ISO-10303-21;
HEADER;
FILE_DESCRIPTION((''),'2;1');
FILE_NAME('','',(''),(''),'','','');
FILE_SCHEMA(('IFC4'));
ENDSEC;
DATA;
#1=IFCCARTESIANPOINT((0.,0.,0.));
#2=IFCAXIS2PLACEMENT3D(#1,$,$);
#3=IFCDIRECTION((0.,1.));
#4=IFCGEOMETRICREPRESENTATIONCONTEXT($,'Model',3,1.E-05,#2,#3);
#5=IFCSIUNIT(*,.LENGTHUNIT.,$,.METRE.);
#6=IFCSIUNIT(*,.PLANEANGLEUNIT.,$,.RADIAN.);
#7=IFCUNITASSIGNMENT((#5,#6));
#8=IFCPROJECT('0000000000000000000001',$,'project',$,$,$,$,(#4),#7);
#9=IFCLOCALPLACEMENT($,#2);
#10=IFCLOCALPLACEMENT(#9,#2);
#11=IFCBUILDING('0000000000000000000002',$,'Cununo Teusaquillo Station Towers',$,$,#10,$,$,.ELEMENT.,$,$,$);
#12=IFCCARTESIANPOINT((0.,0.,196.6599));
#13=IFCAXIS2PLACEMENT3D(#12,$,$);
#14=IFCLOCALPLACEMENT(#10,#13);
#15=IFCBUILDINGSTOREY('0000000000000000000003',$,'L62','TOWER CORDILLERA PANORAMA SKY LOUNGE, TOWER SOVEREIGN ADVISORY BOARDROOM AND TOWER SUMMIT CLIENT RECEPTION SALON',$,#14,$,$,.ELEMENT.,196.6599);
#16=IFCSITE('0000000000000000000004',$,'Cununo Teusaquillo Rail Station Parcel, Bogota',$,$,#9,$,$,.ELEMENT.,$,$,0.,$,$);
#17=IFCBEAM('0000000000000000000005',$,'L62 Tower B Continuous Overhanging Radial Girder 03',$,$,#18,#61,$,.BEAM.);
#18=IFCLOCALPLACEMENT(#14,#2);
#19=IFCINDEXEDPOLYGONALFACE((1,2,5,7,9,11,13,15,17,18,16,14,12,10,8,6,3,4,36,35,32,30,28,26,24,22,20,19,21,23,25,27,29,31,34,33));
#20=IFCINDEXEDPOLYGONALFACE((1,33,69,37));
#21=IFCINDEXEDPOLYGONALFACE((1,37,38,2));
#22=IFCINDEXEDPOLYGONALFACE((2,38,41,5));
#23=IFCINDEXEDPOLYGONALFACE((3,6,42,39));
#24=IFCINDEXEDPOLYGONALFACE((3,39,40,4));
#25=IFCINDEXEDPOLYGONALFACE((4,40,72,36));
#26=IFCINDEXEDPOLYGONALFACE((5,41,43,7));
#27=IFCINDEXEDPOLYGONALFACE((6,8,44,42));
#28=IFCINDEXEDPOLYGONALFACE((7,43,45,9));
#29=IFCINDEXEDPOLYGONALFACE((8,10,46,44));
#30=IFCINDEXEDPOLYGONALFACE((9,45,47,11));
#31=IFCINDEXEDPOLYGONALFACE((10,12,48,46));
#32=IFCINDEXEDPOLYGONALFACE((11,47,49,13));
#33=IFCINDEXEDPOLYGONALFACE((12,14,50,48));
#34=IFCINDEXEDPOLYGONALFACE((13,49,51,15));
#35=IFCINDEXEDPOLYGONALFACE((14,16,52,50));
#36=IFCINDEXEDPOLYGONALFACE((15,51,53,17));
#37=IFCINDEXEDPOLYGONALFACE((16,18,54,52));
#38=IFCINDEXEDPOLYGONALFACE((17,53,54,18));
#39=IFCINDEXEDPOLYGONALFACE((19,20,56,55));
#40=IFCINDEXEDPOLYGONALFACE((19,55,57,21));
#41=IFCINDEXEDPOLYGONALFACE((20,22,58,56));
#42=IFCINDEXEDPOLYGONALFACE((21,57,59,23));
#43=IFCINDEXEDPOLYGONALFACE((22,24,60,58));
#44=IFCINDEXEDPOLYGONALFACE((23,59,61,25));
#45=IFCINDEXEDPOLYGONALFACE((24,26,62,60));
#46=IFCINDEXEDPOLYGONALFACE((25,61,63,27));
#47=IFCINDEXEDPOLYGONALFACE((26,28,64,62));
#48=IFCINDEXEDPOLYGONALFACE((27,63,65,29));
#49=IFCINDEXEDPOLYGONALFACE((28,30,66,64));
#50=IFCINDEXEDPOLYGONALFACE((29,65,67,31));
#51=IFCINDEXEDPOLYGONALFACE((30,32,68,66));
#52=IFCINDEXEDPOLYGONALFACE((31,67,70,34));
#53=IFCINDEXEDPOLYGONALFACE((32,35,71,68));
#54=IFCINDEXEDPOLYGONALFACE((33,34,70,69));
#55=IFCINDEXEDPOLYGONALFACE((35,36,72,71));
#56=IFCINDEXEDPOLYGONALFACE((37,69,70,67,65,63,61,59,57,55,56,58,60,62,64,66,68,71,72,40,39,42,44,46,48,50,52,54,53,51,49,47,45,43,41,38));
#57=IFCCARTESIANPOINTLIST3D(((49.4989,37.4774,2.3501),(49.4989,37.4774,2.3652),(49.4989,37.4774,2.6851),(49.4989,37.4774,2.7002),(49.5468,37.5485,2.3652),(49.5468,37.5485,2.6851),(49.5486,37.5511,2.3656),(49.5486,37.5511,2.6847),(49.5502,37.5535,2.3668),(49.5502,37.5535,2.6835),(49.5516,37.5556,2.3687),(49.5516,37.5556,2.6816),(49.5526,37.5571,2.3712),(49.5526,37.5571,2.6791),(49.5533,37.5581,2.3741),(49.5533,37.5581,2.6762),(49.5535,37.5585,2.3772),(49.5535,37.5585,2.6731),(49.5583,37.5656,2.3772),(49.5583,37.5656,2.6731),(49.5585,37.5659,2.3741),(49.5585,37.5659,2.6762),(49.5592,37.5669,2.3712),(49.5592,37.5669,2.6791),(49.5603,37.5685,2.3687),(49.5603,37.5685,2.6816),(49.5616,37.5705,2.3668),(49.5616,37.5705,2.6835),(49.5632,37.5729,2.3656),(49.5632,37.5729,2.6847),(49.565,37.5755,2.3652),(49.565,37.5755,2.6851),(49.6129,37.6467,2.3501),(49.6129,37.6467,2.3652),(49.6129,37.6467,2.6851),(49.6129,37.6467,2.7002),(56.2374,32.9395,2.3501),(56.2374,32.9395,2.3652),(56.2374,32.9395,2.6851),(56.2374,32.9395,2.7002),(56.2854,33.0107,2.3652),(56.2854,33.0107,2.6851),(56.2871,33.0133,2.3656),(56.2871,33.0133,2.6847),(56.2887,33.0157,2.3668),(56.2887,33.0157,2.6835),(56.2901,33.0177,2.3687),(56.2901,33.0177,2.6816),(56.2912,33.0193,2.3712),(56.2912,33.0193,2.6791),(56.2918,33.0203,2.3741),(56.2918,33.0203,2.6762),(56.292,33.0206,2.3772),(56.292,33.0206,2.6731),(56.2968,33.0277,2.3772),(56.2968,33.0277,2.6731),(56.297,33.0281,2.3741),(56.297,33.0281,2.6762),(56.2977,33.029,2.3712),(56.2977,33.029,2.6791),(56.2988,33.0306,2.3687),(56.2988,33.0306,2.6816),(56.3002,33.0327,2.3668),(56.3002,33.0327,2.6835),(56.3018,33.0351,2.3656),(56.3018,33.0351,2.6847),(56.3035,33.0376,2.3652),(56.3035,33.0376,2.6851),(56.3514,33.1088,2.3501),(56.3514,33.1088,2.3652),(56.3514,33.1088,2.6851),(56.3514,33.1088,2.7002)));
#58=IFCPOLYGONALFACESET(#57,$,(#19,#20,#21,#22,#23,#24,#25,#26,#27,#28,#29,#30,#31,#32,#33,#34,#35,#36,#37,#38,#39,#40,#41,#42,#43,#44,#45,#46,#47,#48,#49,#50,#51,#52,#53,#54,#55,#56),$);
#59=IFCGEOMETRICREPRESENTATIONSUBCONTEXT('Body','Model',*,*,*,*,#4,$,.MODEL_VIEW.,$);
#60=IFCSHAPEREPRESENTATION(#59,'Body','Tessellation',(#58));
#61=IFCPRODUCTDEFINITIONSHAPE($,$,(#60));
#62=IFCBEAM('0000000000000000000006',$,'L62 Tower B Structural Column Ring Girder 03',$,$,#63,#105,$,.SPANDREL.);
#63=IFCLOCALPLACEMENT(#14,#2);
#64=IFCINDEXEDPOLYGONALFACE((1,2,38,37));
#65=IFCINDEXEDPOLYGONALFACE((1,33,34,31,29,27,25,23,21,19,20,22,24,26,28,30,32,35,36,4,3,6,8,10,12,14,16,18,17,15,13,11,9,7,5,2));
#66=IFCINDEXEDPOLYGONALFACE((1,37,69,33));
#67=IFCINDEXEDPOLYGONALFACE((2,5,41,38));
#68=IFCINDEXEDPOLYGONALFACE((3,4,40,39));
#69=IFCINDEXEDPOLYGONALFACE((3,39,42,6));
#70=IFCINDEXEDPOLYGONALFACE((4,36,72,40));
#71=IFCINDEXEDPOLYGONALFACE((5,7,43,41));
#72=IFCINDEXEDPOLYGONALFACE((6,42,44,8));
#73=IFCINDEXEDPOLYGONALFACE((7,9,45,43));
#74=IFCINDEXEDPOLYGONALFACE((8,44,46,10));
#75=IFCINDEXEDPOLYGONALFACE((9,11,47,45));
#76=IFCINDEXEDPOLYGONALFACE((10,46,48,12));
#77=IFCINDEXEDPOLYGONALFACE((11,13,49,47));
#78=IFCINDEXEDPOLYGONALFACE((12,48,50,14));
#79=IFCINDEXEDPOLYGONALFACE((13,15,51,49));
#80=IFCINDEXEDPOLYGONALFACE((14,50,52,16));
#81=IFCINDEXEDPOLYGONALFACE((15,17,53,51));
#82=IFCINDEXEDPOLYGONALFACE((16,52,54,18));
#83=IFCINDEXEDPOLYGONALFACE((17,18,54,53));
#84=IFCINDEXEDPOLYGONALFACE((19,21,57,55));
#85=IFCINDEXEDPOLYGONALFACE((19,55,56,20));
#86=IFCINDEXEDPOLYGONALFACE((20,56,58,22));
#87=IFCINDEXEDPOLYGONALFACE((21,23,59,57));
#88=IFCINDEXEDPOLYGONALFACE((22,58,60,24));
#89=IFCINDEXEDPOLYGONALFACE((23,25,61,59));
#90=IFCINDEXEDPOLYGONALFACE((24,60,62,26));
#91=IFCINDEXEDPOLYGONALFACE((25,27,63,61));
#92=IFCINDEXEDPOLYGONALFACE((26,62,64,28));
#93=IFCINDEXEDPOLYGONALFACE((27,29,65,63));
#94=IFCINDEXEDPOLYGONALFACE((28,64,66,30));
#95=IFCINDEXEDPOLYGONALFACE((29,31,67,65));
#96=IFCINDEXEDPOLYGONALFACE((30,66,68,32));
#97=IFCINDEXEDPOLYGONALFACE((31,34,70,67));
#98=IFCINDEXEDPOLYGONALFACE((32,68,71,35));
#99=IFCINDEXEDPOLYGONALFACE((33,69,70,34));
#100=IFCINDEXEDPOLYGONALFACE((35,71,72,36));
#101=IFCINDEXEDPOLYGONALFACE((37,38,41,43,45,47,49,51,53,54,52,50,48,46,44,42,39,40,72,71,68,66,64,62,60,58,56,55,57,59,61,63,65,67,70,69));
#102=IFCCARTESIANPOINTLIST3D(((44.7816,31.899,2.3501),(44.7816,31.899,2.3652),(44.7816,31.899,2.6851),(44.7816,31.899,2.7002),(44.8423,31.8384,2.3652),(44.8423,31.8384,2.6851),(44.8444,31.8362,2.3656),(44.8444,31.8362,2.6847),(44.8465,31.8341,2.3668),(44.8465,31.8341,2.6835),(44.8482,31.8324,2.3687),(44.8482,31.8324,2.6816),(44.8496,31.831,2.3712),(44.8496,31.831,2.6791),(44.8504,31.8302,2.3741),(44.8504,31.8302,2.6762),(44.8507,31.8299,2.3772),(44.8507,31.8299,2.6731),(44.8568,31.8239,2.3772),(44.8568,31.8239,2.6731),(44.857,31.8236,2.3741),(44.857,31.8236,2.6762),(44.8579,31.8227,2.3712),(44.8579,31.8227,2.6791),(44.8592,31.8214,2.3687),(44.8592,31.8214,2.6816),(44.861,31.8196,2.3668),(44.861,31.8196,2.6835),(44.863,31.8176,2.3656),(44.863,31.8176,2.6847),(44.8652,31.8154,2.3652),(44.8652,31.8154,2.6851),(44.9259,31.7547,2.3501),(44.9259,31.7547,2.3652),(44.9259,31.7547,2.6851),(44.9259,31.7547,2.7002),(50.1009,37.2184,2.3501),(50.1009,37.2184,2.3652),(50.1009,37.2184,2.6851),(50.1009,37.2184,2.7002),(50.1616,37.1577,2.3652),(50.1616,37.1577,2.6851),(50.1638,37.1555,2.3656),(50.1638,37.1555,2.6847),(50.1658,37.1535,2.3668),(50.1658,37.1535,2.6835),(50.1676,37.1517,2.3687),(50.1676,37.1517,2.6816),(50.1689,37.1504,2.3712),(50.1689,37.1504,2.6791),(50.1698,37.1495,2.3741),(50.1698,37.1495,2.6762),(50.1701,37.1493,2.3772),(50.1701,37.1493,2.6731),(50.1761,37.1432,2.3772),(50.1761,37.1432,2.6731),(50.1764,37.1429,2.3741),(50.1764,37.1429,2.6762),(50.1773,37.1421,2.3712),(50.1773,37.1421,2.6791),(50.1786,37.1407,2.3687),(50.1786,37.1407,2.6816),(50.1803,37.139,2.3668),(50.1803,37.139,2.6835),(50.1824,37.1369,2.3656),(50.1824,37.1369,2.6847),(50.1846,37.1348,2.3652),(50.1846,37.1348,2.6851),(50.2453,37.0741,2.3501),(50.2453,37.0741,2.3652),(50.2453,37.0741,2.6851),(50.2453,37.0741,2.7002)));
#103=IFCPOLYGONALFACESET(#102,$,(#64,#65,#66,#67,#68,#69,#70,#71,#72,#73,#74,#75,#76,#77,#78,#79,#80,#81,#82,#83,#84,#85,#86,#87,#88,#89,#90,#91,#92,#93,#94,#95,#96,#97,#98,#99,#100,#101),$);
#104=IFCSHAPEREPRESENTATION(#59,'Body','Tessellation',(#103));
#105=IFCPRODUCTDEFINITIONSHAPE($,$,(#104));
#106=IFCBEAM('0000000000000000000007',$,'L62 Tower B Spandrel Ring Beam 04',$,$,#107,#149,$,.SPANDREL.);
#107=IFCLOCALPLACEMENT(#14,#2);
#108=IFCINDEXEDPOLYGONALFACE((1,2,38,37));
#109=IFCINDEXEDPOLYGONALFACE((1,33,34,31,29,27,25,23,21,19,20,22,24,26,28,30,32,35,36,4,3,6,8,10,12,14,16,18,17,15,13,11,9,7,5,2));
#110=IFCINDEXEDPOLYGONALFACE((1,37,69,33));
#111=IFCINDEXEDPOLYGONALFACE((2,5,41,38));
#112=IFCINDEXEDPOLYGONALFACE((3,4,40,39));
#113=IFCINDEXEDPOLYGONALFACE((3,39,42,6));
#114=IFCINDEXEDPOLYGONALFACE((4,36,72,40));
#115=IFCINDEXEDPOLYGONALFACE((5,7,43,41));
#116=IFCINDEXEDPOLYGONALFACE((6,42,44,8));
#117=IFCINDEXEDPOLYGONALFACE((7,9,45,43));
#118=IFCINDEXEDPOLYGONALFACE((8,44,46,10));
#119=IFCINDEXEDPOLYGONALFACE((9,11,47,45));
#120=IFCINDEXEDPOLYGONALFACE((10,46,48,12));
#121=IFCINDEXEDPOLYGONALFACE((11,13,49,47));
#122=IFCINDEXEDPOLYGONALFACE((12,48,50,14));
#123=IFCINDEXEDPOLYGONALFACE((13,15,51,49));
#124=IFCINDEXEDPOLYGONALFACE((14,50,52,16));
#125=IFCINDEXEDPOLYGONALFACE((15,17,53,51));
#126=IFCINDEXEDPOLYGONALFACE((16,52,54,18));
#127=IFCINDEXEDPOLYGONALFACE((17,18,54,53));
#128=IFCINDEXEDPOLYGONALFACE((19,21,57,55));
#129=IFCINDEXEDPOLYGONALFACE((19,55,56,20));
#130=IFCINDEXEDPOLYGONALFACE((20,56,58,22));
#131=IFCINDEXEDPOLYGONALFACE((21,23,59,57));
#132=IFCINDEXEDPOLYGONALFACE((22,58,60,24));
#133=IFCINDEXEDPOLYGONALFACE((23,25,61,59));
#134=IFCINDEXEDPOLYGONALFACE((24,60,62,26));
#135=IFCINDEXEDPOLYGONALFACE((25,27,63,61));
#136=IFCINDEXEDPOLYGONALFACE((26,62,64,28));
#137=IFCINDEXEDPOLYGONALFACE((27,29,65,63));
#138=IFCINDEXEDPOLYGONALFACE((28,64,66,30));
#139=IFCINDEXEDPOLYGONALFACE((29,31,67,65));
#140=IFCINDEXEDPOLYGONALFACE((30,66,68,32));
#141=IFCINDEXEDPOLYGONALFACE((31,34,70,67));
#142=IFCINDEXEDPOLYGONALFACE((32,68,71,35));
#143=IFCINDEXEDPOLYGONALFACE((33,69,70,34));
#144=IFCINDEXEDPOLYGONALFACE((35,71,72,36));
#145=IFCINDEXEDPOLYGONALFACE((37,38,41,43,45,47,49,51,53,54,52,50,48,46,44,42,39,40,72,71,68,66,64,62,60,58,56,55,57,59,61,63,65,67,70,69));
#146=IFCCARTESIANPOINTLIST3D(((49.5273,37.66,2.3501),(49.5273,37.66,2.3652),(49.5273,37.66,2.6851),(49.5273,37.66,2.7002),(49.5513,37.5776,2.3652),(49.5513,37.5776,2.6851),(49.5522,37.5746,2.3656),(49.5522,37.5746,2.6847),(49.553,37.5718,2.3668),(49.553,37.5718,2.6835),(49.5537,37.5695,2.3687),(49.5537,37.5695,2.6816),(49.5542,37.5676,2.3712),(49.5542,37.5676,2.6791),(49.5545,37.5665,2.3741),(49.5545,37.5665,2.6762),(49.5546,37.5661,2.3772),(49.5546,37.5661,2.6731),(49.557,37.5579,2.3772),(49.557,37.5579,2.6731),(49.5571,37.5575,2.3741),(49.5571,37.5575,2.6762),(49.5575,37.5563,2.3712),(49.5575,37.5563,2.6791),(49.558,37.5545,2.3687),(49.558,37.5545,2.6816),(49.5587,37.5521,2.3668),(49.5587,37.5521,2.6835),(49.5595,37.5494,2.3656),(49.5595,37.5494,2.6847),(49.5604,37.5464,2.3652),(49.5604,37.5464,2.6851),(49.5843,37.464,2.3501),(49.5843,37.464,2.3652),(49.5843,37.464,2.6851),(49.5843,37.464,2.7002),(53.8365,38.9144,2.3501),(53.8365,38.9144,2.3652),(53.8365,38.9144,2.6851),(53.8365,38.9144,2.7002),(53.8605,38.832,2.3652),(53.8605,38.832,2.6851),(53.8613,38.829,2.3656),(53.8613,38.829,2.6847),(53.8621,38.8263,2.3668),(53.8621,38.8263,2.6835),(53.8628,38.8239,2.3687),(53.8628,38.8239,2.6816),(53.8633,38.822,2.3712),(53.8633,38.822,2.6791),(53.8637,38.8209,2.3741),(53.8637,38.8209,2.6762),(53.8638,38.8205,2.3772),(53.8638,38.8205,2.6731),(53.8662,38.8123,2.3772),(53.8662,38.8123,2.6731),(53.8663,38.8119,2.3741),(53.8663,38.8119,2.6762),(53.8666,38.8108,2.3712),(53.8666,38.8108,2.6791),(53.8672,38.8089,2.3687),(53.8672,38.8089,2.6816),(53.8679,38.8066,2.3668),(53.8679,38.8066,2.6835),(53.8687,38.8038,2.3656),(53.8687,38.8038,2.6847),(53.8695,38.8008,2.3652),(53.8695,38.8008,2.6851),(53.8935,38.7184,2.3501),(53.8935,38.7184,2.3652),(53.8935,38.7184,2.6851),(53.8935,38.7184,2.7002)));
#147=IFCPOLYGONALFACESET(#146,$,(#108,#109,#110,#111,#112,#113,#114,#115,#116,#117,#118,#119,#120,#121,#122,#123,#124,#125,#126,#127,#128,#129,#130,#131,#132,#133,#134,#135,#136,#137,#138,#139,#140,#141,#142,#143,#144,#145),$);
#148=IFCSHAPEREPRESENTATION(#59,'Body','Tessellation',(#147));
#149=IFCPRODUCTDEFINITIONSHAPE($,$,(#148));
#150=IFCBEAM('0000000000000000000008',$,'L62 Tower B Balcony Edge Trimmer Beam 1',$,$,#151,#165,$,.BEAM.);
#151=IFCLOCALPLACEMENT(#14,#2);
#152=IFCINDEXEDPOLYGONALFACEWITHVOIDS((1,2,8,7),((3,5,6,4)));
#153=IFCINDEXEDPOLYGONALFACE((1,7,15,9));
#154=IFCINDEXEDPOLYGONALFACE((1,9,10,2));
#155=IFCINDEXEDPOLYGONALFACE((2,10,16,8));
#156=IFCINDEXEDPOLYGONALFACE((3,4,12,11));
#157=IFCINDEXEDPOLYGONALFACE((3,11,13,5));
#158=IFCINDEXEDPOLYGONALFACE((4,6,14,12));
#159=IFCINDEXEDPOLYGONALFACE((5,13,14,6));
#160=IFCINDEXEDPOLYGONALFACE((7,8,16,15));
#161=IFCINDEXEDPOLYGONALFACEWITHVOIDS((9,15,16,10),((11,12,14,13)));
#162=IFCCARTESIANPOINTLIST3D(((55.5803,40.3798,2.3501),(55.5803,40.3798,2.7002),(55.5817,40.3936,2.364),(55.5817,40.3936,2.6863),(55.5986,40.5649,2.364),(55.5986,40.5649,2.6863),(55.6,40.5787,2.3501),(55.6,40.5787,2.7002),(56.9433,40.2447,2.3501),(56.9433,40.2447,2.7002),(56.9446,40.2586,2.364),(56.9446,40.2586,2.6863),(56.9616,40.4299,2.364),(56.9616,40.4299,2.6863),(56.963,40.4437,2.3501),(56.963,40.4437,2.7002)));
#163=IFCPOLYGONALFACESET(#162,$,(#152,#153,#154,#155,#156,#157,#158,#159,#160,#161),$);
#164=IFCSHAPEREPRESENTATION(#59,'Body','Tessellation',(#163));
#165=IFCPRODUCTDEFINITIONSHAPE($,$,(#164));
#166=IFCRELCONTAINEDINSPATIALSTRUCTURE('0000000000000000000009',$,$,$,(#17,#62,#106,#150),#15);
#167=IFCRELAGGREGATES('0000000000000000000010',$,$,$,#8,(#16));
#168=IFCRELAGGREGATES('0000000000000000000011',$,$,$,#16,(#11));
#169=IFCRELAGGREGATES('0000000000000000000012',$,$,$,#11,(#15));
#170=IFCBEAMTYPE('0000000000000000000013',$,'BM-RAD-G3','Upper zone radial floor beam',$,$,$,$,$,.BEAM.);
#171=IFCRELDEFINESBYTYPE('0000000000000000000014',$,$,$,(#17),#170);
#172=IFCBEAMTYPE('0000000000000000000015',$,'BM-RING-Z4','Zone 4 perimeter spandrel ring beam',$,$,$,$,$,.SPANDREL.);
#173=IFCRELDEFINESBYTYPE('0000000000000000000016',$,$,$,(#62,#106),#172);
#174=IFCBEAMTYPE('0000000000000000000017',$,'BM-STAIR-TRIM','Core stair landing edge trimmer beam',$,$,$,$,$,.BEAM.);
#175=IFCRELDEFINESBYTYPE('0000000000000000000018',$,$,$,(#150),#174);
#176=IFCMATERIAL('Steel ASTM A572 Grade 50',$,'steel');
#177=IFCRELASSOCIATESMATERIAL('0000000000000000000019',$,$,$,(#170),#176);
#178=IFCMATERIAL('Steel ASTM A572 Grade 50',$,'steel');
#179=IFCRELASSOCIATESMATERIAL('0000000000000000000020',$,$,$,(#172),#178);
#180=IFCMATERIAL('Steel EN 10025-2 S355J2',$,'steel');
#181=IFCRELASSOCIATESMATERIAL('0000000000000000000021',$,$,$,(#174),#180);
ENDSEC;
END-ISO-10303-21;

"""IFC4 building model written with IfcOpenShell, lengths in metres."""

from ifc_helpers import new_model, si_unit, direction, frame, origin, origin_2d, place, context, subcontext, project, spatial, hollow_rectangle, i_section, extrude, material, material_profile, profile_set, type_object, element, save


model = new_model("IFC4")

# Units and contexts
model_context = context("Model", 3, precision=1e-05, world=origin(), true_north=direction((0.0, 1.0)))
body_context = subcontext(model_context, "Body", "Model", "MODEL_VIEW")
ifc_project = project(units=[si_unit("LENGTHUNIT", "METRE"), si_unit("PLANEANGLEUNIT", "RADIAN")], contexts=[model_context])

# Site, building, storey
site_placement = place(None, origin())
site = spatial("IfcSite", under=ifc_project, at=site_placement, Name="Cununo Teusaquillo Rail Station Parcel, Bogota", CompositionType="ELEMENT", RefElevation=0.0)
building_placement = place(site_placement, origin())
building = spatial("IfcBuilding", under=site, at=building_placement, Name="Cununo Teusaquillo Station Towers", CompositionType="ELEMENT")
storey_placement = place(building_placement, frame((0.0, 0.0, 196.6599)))
storey = spatial("IfcBuildingStorey", under=building, at=storey_placement, Name="L62", Description="TOWER CORDILLERA PANORAMA SKY LOUNGE, TOWER SOVEREIGN ADVISORY BOARDROOM AND TOWER SUMMIT CLIENT RECEPTION SALON", CompositionType="ELEMENT", Elevation=196.6599)

# Beams
ifc_material_1 = material(Name="Steel ASTM A572 Grade 50", Category="steel")
ifc_material_profile_1 = material_profile(ifc_material_1, i_section(OverallWidth=0.2041, OverallDepth=0.3501, WebThickness=0.0085, FlangeThickness=0.0151, FilletRadius=0.012, at=origin_2d()), Name="W14X48")
ifc_profile_set_1 = profile_set([ifc_material_profile_1], Name="Steel ASTM A572 Grade 50")
beam_type_1 = type_object("IfcBeamType", Name="BM-RAD-G3", Description="Upper zone radial floor beam", PredefinedType="BEAM", material=ifc_profile_set_1)
beam_1_placement = place(storey_placement, frame((56.2944, 33.0242, 2.5251), z_axis=(-0.829457, 0.558571, 0.0), x_axis=(-0.558571, -0.829457, 0.0)))
element("IfcBeam", 1, at=beam_1_placement, inside=storey, type_object=beam_type_1, Name="L62 Tower B Continuous Overhanging Radial Girder 03", PredefinedType="BEAM", context=body_context, shape_type="SweptSolid", body=[
    extrude(i_section(OverallWidth=0.2041, OverallDepth=0.3501, WebThickness=0.0085, FlangeThickness=0.0151, FilletRadius=0.012, at=origin_2d()), origin(), (0.0, 0.0, 1.0), 8.124),
])
ifc_material_2 = material(Name="Steel ASTM A572 Grade 50", Category="steel")
ifc_material_profile_2 = material_profile(ifc_material_2, i_section(OverallWidth=0.2041, OverallDepth=0.3501, WebThickness=0.0085, FlangeThickness=0.0151, FilletRadius=0.012, at=origin_2d()), Name="W14X48")
ifc_profile_set_2 = profile_set([ifc_material_profile_2], Name="Steel ASTM A572 Grade 50")
beam_type_2 = type_object("IfcBeamType", Name="BM-RING-Z4", Description="Zone 4 perimeter spandrel ring beam", PredefinedType="SPANDREL", material=ifc_profile_set_2)
beam_2_placement = place(storey_placement, frame((50.1731, 37.1462, 2.5251), z_axis=(-0.707107, -0.707107, 0.0), x_axis=(0.707107, -0.707107, 0.0)))
element("IfcBeam", 2, at=beam_2_placement, inside=storey, type_object=beam_type_2, Name="L62 Tower B Structural Column Ring Girder 03", PredefinedType="SPANDREL", context=body_context, shape_type="SweptSolid", body=[
    extrude(i_section(OverallWidth=0.2041, OverallDepth=0.3501, WebThickness=0.0085, FlangeThickness=0.0151, FilletRadius=0.012, at=origin_2d()), origin(), (0.0, 0.0, 1.0), 7.5227),
])
beam_3_placement = place(storey_placement, frame((53.865, 38.8164, 2.5251), z_axis=(-0.960145, -0.279503, 0.0), x_axis=(0.279503, -0.960145, 0.0)))
element("IfcBeam", 3, at=beam_3_placement, inside=storey, type_object=beam_type_2, Name="L62 Tower B Spandrel Ring Beam 04", PredefinedType="SPANDREL", context=body_context, shape_type="SweptSolid", body=[
    extrude(i_section(OverallWidth=0.2041, OverallDepth=0.3501, WebThickness=0.0085, FlangeThickness=0.0151, FilletRadius=0.012, at=origin_2d()), origin(), (0.0, 0.0, 1.0), 4.488),
])
ifc_material_3 = material(Name="Steel EN 10025-2 S355J2", Category="steel")
ifc_material_profile_3 = material_profile(ifc_material_3, hollow_rectangle(XDim=0.2, YDim=0.3501, WallThickness=0.0139, at=origin_2d()), Name="RHS 350x200x14")
ifc_profile_set_3 = profile_set([ifc_material_profile_3], Name="Steel EN 10025-2 S355J2")
beam_type_3 = type_object("IfcBeamType", Name="BM-STAIR-TRIM", Description="Core stair landing edge trimmer beam", PredefinedType="BEAM", material=ifc_profile_set_3)
beam_4_placement = place(storey_placement, frame((56.9531, 40.3442, 2.5251), z_axis=(-0.99513, 0.098568, 0.0), x_axis=(-0.098568, -0.99513, 0.0)))
element("IfcBeam", 4, at=beam_4_placement, inside=storey, type_object=beam_type_3, Name="L62 Tower B Balcony Edge Trimmer Beam 1", PredefinedType="BEAM", context=body_context, shape_type="SweptSolid", body=[
    extrude(hollow_rectangle(XDim=0.2, YDim=0.3501, WallThickness=0.0139, at=origin_2d()), origin(), (0.0, 0.0, 1.0), 1.3696),
])

save(model, "model.ifc")
